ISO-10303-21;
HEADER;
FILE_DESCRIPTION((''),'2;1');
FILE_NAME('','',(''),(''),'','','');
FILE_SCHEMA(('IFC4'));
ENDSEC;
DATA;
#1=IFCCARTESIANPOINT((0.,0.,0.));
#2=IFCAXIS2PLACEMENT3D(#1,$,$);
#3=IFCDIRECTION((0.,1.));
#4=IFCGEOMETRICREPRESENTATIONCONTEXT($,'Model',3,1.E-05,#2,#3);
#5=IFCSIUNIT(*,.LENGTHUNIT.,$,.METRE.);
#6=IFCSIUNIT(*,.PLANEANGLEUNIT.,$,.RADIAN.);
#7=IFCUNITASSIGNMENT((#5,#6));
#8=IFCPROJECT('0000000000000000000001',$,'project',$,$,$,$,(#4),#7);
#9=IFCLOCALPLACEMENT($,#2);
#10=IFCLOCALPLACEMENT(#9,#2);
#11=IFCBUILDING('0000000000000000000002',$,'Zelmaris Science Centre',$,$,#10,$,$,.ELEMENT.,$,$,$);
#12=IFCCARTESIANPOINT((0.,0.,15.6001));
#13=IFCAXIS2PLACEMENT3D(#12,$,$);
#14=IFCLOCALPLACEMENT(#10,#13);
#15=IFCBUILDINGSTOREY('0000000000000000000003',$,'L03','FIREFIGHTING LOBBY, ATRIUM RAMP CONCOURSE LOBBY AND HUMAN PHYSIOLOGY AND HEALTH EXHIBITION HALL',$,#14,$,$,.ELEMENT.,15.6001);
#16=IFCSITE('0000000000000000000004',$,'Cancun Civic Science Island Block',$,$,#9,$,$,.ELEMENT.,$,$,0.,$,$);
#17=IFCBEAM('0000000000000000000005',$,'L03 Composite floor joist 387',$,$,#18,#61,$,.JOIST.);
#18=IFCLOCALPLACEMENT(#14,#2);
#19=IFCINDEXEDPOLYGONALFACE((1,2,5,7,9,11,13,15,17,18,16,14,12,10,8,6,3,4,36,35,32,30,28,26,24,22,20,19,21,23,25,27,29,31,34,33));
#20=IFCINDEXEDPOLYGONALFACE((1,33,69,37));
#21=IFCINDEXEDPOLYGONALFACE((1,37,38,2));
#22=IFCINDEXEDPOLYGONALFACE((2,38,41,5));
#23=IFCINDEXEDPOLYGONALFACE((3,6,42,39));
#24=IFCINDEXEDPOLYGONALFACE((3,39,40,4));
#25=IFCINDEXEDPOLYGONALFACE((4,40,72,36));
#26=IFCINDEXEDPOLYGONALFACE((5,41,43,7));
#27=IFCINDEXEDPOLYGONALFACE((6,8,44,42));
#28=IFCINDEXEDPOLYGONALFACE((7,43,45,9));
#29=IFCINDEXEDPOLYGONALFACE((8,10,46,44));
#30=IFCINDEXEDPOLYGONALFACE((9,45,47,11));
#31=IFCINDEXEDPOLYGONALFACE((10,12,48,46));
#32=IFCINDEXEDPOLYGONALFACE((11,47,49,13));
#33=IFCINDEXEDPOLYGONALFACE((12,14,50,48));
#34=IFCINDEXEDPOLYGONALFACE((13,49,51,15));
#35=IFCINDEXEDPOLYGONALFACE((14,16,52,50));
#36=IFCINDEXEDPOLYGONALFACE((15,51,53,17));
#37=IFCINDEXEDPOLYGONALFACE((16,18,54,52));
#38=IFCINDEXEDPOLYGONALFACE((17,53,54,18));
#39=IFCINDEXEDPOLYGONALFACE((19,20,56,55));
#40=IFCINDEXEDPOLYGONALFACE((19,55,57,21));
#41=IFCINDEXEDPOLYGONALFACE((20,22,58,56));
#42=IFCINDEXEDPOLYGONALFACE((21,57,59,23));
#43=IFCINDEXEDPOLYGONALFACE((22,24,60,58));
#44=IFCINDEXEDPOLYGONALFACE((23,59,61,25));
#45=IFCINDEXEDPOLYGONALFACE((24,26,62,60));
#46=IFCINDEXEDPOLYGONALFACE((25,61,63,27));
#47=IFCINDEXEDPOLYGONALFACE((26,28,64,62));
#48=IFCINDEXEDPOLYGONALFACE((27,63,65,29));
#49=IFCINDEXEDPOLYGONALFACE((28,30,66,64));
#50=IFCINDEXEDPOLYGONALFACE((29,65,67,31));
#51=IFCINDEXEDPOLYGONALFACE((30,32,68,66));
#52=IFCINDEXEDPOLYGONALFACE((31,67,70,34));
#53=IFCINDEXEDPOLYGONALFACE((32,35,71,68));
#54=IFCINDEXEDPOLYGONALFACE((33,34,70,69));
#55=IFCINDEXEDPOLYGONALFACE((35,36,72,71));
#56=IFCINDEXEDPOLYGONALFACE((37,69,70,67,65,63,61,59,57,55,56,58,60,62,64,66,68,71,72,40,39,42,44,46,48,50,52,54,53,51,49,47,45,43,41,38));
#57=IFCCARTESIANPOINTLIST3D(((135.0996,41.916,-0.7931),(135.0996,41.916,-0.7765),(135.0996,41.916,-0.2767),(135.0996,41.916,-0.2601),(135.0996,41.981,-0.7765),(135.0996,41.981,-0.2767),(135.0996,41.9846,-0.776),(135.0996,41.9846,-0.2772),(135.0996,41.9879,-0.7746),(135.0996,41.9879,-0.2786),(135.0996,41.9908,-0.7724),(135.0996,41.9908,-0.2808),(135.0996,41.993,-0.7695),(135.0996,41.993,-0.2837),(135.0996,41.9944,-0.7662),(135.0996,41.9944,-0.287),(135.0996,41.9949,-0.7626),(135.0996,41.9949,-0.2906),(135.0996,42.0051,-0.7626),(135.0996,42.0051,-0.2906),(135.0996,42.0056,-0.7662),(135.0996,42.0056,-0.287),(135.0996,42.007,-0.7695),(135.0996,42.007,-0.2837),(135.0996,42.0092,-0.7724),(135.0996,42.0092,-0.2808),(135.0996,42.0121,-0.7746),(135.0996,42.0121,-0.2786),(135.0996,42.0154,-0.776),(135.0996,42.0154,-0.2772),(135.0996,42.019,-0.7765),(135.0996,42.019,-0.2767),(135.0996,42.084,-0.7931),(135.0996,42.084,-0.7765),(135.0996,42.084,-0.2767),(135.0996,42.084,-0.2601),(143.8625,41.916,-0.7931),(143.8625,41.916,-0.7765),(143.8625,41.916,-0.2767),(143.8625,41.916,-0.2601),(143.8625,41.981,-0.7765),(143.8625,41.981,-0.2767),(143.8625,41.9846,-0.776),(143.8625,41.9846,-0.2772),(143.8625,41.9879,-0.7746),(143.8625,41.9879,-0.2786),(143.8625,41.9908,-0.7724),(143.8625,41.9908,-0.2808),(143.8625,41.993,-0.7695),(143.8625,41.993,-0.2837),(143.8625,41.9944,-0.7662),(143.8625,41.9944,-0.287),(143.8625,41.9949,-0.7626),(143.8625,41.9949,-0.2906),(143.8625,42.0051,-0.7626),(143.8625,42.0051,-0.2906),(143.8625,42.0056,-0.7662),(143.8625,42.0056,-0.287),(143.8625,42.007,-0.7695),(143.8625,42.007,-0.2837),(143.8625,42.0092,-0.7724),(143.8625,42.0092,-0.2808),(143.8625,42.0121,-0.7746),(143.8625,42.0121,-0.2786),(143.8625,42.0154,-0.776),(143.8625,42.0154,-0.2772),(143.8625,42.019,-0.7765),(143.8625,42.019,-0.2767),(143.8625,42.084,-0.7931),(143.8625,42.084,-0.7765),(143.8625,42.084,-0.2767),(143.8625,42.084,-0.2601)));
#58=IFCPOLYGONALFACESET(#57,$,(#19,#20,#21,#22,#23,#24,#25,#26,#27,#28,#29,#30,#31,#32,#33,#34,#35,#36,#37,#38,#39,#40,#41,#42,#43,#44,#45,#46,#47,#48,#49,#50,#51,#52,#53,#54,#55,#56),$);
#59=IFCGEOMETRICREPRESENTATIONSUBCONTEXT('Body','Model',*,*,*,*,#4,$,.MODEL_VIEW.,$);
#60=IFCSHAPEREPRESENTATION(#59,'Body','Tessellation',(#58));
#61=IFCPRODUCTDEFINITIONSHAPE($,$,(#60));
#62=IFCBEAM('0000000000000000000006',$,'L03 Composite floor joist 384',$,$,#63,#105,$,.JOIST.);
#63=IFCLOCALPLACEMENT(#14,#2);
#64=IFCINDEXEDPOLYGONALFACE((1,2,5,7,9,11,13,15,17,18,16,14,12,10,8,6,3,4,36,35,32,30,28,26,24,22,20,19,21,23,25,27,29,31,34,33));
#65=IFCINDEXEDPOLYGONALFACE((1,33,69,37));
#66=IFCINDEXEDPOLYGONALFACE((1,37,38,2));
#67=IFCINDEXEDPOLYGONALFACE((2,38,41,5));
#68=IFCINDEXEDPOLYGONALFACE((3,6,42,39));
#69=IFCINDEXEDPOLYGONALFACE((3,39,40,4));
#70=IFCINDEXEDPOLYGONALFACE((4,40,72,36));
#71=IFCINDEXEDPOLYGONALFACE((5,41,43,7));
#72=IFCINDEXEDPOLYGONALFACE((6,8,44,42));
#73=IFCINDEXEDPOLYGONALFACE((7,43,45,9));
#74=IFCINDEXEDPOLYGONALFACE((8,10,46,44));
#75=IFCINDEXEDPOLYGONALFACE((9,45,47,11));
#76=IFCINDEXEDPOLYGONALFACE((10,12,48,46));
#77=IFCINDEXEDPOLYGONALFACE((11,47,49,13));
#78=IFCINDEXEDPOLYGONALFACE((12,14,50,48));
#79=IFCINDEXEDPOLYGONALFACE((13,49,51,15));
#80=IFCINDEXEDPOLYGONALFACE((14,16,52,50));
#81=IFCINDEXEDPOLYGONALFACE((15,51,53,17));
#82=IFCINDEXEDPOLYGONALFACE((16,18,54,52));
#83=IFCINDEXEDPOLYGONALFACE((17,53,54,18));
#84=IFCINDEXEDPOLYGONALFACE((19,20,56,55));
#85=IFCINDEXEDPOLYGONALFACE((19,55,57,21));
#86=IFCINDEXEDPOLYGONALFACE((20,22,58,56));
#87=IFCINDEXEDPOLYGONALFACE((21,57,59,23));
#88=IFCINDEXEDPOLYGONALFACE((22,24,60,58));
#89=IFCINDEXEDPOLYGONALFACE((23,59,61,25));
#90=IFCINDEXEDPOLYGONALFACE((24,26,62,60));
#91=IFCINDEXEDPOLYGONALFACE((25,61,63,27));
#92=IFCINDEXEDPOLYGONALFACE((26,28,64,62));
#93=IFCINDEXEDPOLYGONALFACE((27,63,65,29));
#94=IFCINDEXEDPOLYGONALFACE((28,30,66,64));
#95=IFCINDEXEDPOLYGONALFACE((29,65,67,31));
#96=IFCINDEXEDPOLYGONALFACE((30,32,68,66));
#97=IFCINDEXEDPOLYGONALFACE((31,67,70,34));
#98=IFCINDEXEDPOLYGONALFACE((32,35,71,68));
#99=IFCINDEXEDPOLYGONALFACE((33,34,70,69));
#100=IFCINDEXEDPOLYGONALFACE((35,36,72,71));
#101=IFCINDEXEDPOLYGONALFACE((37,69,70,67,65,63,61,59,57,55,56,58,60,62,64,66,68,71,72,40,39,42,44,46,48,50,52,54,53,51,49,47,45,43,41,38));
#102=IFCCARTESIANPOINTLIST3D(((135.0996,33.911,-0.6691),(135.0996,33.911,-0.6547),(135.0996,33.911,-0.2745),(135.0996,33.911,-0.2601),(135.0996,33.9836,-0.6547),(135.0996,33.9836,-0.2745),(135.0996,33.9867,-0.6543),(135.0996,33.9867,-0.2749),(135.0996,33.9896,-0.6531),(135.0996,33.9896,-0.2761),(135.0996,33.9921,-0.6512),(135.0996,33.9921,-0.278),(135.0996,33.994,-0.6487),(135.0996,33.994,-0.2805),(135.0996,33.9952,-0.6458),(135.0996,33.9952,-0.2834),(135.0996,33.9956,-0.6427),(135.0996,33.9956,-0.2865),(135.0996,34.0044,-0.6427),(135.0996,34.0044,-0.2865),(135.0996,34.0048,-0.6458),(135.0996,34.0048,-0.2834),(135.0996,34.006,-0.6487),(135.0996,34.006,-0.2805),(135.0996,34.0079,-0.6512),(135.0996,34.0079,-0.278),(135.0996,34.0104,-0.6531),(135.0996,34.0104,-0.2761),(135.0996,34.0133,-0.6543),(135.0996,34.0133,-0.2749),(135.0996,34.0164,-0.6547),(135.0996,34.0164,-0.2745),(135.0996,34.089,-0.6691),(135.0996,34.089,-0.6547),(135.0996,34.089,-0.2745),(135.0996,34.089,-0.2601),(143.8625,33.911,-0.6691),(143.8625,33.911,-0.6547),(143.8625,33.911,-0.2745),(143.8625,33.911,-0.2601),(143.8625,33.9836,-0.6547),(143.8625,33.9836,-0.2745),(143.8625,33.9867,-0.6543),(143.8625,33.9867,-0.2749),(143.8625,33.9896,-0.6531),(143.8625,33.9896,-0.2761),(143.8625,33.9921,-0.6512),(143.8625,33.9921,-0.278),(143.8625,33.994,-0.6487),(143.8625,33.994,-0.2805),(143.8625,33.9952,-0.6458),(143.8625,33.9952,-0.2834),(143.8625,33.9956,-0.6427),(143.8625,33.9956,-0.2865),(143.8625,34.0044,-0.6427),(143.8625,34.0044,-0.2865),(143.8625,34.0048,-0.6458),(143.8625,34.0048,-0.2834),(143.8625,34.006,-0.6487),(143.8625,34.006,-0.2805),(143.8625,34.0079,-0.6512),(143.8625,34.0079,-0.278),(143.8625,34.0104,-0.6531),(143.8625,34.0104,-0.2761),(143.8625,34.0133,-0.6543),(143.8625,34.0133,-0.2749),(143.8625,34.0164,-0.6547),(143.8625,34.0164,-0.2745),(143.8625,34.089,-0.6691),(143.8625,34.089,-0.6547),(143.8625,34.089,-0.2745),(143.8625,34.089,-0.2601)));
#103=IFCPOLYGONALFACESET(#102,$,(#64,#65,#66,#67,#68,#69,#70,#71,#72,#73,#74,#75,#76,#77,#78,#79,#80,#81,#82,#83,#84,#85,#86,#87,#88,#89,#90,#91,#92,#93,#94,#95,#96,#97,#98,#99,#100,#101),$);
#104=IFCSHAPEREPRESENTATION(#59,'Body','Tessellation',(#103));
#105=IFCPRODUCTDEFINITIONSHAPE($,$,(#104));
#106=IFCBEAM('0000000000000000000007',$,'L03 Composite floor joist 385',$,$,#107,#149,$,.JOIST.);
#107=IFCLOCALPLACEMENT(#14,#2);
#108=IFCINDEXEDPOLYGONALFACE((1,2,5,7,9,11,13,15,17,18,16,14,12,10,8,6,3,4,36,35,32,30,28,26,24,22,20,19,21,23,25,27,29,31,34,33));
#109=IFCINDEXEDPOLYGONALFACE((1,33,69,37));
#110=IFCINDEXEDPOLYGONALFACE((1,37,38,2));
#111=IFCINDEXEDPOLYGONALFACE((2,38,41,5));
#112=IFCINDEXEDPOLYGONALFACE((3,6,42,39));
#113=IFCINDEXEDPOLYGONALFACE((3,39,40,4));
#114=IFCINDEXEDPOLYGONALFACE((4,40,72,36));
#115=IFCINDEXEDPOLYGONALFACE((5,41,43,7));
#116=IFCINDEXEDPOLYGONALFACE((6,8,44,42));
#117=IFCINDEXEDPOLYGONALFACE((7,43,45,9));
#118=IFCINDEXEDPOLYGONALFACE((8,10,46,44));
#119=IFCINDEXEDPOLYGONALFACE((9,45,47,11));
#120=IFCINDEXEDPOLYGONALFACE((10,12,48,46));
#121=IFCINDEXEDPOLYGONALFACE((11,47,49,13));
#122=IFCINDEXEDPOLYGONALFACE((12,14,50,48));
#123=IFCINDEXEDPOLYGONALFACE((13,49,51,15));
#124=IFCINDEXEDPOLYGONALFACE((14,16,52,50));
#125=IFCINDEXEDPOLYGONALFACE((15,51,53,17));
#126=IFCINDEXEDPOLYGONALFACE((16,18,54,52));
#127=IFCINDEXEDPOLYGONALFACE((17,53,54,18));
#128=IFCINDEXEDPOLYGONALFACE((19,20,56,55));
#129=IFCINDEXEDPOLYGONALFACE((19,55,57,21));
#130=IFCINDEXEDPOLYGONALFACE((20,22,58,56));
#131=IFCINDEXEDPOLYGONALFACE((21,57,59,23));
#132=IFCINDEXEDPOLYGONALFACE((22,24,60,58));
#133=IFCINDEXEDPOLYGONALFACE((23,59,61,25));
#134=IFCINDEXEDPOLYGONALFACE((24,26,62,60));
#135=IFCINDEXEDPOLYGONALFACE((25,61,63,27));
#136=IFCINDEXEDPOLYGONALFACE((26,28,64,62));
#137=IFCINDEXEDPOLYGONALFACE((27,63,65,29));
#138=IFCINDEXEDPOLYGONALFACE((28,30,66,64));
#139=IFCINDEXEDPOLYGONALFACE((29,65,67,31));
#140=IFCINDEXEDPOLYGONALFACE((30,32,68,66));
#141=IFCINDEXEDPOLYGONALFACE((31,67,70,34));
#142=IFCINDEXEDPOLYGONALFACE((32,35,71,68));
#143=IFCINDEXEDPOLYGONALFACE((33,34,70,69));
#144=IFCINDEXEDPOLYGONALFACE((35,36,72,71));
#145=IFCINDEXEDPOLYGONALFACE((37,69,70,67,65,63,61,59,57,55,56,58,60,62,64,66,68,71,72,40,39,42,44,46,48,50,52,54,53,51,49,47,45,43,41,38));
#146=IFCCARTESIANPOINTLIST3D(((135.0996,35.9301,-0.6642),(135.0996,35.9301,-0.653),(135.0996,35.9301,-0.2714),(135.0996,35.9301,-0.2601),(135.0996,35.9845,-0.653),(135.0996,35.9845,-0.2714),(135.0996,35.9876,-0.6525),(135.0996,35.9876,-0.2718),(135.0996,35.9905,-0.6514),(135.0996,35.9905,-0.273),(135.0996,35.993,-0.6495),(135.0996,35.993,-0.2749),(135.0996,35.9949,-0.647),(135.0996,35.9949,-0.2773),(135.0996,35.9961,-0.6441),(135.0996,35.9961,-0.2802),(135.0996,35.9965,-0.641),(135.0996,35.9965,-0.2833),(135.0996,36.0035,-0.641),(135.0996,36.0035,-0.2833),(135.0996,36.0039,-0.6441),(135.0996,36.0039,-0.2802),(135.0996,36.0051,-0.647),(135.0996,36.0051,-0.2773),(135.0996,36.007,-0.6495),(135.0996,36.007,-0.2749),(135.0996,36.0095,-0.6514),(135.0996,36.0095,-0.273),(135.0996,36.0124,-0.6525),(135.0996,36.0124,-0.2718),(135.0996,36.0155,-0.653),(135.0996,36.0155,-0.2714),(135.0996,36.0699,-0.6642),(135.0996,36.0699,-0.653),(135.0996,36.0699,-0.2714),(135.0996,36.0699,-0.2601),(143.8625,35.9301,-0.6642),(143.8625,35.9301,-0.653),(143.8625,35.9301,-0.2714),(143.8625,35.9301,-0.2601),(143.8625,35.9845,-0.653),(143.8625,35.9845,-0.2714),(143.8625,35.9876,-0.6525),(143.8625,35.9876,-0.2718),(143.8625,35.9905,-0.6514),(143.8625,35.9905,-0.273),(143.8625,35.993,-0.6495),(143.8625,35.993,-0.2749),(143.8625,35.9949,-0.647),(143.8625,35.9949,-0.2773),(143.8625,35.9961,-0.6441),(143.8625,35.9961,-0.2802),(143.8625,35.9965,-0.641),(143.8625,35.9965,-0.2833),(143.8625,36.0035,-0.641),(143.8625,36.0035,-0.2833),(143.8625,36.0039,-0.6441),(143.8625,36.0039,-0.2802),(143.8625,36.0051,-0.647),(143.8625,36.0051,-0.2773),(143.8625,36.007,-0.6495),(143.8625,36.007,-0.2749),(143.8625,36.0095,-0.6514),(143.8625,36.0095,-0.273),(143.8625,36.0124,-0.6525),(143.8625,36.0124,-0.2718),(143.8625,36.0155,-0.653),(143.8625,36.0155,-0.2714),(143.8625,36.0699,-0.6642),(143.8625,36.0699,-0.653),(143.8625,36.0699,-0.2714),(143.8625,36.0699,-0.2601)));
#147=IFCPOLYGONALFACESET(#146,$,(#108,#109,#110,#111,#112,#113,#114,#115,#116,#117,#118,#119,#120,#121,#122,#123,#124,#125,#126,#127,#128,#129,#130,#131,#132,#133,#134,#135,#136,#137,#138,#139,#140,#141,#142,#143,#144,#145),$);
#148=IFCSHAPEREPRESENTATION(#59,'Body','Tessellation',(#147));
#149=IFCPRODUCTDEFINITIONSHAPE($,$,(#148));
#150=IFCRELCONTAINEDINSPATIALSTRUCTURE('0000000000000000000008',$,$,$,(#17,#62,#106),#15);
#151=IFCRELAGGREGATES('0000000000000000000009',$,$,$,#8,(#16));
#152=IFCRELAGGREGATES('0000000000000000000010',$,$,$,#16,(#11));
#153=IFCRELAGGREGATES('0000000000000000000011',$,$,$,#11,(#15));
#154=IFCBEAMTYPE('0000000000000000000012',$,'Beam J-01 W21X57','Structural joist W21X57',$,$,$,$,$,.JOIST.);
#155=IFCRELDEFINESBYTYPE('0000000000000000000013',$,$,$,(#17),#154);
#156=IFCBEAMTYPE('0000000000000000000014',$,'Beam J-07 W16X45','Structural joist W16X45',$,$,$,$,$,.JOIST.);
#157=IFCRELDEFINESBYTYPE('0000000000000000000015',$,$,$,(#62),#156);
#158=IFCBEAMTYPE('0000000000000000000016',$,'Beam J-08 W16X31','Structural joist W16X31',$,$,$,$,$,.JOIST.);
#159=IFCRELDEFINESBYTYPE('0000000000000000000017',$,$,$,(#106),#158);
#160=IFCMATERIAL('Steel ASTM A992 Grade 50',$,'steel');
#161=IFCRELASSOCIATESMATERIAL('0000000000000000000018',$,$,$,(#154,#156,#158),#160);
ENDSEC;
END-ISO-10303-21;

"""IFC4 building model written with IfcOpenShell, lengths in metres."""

from ifc_helpers import new_model, si_unit, direction, frame, origin, origin_2d, place, context, subcontext, project, spatial, i_section, extrude, material, material_profile, profile_set, type_object, element, save


model = new_model("IFC4")

# Units and contexts
model_context = context("Model", 3, precision=1e-05, world=origin(), true_north=direction((0.0, 1.0)))
body_context = subcontext(model_context, "Body", "Model", "MODEL_VIEW")
ifc_project = project(units=[si_unit("LENGTHUNIT", "METRE"), si_unit("PLANEANGLEUNIT", "RADIAN")], contexts=[model_context])

# Site, building, storey
site_placement = place(None, origin())
site = spatial("IfcSite", under=ifc_project, at=site_placement, Name="Cancun Civic Science Island Block", CompositionType="ELEMENT", RefElevation=0.0)
building_placement = place(site_placement, origin())
building = spatial("IfcBuilding", under=site, at=building_placement, Name="Zelmaris Science Centre", CompositionType="ELEMENT")
storey_placement = place(building_placement, frame((0.0, 0.0, 15.6001)))
storey = spatial("IfcBuildingStorey", under=building, at=storey_placement, Name="L03", Description="FIREFIGHTING LOBBY, ATRIUM RAMP CONCOURSE LOBBY AND HUMAN PHYSIOLOGY AND HEALTH EXHIBITION HALL", CompositionType="ELEMENT", Elevation=15.6001)

# Shared definitions
ifc_material_1 = material(Name="Steel ASTM A992 Grade 50", Category="steel")

# Beams
ifc_material_profile_1 = material_profile(ifc_material_1, i_section(OverallWidth=0.168, OverallDepth=0.533, WebThickness=0.0103, FlangeThickness=0.0166, FilletRadius=0.0139, at=origin_2d()), Name="W21X57")
ifc_profile_set_1 = profile_set([ifc_material_profile_1], Name="Steel ASTM A992 Grade 50")
beam_type_1 = type_object("IfcBeamType", Name="Beam J-01 W21X57", Description="Structural joist W21X57", PredefinedType="JOIST", material=ifc_profile_set_1)
beam_1_placement = place(storey_placement, frame((135.0996, 42.0, -0.5266), z_axis=(1.0, 0.0, 0.0), x_axis=(0.0, 1.0, 0.0)))
element("IfcBeam", 1, at=beam_1_placement, inside=storey, type_object=beam_type_1, Name="L03 Composite floor joist 387", PredefinedType="JOIST", context=body_context, shape_type="SweptSolid", body=[
    extrude(i_section(OverallWidth=0.168, OverallDepth=0.533, WebThickness=0.0103, FlangeThickness=0.0166, FilletRadius=0.0139, at=origin_2d()), origin(), (0.0, 0.0, 1.0), 8.7629),
])
ifc_material_profile_2 = material_profile(ifc_material_1, i_section(OverallWidth=0.178, OverallDepth=0.4089, WebThickness=0.0088, FlangeThickness=0.0144, FilletRadius=0.012, at=origin_2d()), Name="W16X45")
ifc_profile_set_2 = profile_set([ifc_material_profile_2], Name="Steel ASTM A992 Grade 50")
beam_type_2 = type_object("IfcBeamType", Name="Beam J-07 W16X45", Description="Structural joist W16X45", PredefinedType="JOIST", material=ifc_profile_set_2)
beam_2_placement = place(storey_placement, frame((135.0996, 34.0, -0.4646), z_axis=(1.0, 0.0, 0.0), x_axis=(0.0, 1.0, 0.0)))
element("IfcBeam", 2, at=beam_2_placement, inside=storey, type_object=beam_type_2, Name="L03 Composite floor joist 384", PredefinedType="JOIST", context=body_context, shape_type="SweptSolid", body=[
    extrude(i_section(OverallWidth=0.178, OverallDepth=0.4089, WebThickness=0.0088, FlangeThickness=0.0144, FilletRadius=0.012, at=origin_2d()), origin(), (0.0, 0.0, 1.0), 8.7629),
])
ifc_material_profile_3 = material_profile(ifc_material_1, i_section(OverallWidth=0.1399, OverallDepth=0.4041, WebThickness=0.0071, FlangeThickness=0.0112, FilletRadius=0.012, at=origin_2d()), Name="W16X31")
ifc_profile_set_3 = profile_set([ifc_material_profile_3], Name="Steel ASTM A992 Grade 50")
beam_type_3 = type_object("IfcBeamType", Name="Beam J-08 W16X31", Description="Structural joist W16X31", PredefinedType="JOIST", material=ifc_profile_set_3)
beam_3_placement = place(storey_placement, frame((135.0996, 36.0, -0.4622), z_axis=(1.0, 0.0, 0.0), x_axis=(0.0, 1.0, 0.0)))
element("IfcBeam", 3, at=beam_3_placement, inside=storey, type_object=beam_type_3, Name="L03 Composite floor joist 385", PredefinedType="JOIST", context=body_context, shape_type="SweptSolid", body=[
    extrude(i_section(OverallWidth=0.1399, OverallDepth=0.4041, WebThickness=0.0071, FlangeThickness=0.0112, FilletRadius=0.012, at=origin_2d()), origin(), (0.0, 0.0, 1.0), 8.7629),
])

save(model, "model.ifc")
